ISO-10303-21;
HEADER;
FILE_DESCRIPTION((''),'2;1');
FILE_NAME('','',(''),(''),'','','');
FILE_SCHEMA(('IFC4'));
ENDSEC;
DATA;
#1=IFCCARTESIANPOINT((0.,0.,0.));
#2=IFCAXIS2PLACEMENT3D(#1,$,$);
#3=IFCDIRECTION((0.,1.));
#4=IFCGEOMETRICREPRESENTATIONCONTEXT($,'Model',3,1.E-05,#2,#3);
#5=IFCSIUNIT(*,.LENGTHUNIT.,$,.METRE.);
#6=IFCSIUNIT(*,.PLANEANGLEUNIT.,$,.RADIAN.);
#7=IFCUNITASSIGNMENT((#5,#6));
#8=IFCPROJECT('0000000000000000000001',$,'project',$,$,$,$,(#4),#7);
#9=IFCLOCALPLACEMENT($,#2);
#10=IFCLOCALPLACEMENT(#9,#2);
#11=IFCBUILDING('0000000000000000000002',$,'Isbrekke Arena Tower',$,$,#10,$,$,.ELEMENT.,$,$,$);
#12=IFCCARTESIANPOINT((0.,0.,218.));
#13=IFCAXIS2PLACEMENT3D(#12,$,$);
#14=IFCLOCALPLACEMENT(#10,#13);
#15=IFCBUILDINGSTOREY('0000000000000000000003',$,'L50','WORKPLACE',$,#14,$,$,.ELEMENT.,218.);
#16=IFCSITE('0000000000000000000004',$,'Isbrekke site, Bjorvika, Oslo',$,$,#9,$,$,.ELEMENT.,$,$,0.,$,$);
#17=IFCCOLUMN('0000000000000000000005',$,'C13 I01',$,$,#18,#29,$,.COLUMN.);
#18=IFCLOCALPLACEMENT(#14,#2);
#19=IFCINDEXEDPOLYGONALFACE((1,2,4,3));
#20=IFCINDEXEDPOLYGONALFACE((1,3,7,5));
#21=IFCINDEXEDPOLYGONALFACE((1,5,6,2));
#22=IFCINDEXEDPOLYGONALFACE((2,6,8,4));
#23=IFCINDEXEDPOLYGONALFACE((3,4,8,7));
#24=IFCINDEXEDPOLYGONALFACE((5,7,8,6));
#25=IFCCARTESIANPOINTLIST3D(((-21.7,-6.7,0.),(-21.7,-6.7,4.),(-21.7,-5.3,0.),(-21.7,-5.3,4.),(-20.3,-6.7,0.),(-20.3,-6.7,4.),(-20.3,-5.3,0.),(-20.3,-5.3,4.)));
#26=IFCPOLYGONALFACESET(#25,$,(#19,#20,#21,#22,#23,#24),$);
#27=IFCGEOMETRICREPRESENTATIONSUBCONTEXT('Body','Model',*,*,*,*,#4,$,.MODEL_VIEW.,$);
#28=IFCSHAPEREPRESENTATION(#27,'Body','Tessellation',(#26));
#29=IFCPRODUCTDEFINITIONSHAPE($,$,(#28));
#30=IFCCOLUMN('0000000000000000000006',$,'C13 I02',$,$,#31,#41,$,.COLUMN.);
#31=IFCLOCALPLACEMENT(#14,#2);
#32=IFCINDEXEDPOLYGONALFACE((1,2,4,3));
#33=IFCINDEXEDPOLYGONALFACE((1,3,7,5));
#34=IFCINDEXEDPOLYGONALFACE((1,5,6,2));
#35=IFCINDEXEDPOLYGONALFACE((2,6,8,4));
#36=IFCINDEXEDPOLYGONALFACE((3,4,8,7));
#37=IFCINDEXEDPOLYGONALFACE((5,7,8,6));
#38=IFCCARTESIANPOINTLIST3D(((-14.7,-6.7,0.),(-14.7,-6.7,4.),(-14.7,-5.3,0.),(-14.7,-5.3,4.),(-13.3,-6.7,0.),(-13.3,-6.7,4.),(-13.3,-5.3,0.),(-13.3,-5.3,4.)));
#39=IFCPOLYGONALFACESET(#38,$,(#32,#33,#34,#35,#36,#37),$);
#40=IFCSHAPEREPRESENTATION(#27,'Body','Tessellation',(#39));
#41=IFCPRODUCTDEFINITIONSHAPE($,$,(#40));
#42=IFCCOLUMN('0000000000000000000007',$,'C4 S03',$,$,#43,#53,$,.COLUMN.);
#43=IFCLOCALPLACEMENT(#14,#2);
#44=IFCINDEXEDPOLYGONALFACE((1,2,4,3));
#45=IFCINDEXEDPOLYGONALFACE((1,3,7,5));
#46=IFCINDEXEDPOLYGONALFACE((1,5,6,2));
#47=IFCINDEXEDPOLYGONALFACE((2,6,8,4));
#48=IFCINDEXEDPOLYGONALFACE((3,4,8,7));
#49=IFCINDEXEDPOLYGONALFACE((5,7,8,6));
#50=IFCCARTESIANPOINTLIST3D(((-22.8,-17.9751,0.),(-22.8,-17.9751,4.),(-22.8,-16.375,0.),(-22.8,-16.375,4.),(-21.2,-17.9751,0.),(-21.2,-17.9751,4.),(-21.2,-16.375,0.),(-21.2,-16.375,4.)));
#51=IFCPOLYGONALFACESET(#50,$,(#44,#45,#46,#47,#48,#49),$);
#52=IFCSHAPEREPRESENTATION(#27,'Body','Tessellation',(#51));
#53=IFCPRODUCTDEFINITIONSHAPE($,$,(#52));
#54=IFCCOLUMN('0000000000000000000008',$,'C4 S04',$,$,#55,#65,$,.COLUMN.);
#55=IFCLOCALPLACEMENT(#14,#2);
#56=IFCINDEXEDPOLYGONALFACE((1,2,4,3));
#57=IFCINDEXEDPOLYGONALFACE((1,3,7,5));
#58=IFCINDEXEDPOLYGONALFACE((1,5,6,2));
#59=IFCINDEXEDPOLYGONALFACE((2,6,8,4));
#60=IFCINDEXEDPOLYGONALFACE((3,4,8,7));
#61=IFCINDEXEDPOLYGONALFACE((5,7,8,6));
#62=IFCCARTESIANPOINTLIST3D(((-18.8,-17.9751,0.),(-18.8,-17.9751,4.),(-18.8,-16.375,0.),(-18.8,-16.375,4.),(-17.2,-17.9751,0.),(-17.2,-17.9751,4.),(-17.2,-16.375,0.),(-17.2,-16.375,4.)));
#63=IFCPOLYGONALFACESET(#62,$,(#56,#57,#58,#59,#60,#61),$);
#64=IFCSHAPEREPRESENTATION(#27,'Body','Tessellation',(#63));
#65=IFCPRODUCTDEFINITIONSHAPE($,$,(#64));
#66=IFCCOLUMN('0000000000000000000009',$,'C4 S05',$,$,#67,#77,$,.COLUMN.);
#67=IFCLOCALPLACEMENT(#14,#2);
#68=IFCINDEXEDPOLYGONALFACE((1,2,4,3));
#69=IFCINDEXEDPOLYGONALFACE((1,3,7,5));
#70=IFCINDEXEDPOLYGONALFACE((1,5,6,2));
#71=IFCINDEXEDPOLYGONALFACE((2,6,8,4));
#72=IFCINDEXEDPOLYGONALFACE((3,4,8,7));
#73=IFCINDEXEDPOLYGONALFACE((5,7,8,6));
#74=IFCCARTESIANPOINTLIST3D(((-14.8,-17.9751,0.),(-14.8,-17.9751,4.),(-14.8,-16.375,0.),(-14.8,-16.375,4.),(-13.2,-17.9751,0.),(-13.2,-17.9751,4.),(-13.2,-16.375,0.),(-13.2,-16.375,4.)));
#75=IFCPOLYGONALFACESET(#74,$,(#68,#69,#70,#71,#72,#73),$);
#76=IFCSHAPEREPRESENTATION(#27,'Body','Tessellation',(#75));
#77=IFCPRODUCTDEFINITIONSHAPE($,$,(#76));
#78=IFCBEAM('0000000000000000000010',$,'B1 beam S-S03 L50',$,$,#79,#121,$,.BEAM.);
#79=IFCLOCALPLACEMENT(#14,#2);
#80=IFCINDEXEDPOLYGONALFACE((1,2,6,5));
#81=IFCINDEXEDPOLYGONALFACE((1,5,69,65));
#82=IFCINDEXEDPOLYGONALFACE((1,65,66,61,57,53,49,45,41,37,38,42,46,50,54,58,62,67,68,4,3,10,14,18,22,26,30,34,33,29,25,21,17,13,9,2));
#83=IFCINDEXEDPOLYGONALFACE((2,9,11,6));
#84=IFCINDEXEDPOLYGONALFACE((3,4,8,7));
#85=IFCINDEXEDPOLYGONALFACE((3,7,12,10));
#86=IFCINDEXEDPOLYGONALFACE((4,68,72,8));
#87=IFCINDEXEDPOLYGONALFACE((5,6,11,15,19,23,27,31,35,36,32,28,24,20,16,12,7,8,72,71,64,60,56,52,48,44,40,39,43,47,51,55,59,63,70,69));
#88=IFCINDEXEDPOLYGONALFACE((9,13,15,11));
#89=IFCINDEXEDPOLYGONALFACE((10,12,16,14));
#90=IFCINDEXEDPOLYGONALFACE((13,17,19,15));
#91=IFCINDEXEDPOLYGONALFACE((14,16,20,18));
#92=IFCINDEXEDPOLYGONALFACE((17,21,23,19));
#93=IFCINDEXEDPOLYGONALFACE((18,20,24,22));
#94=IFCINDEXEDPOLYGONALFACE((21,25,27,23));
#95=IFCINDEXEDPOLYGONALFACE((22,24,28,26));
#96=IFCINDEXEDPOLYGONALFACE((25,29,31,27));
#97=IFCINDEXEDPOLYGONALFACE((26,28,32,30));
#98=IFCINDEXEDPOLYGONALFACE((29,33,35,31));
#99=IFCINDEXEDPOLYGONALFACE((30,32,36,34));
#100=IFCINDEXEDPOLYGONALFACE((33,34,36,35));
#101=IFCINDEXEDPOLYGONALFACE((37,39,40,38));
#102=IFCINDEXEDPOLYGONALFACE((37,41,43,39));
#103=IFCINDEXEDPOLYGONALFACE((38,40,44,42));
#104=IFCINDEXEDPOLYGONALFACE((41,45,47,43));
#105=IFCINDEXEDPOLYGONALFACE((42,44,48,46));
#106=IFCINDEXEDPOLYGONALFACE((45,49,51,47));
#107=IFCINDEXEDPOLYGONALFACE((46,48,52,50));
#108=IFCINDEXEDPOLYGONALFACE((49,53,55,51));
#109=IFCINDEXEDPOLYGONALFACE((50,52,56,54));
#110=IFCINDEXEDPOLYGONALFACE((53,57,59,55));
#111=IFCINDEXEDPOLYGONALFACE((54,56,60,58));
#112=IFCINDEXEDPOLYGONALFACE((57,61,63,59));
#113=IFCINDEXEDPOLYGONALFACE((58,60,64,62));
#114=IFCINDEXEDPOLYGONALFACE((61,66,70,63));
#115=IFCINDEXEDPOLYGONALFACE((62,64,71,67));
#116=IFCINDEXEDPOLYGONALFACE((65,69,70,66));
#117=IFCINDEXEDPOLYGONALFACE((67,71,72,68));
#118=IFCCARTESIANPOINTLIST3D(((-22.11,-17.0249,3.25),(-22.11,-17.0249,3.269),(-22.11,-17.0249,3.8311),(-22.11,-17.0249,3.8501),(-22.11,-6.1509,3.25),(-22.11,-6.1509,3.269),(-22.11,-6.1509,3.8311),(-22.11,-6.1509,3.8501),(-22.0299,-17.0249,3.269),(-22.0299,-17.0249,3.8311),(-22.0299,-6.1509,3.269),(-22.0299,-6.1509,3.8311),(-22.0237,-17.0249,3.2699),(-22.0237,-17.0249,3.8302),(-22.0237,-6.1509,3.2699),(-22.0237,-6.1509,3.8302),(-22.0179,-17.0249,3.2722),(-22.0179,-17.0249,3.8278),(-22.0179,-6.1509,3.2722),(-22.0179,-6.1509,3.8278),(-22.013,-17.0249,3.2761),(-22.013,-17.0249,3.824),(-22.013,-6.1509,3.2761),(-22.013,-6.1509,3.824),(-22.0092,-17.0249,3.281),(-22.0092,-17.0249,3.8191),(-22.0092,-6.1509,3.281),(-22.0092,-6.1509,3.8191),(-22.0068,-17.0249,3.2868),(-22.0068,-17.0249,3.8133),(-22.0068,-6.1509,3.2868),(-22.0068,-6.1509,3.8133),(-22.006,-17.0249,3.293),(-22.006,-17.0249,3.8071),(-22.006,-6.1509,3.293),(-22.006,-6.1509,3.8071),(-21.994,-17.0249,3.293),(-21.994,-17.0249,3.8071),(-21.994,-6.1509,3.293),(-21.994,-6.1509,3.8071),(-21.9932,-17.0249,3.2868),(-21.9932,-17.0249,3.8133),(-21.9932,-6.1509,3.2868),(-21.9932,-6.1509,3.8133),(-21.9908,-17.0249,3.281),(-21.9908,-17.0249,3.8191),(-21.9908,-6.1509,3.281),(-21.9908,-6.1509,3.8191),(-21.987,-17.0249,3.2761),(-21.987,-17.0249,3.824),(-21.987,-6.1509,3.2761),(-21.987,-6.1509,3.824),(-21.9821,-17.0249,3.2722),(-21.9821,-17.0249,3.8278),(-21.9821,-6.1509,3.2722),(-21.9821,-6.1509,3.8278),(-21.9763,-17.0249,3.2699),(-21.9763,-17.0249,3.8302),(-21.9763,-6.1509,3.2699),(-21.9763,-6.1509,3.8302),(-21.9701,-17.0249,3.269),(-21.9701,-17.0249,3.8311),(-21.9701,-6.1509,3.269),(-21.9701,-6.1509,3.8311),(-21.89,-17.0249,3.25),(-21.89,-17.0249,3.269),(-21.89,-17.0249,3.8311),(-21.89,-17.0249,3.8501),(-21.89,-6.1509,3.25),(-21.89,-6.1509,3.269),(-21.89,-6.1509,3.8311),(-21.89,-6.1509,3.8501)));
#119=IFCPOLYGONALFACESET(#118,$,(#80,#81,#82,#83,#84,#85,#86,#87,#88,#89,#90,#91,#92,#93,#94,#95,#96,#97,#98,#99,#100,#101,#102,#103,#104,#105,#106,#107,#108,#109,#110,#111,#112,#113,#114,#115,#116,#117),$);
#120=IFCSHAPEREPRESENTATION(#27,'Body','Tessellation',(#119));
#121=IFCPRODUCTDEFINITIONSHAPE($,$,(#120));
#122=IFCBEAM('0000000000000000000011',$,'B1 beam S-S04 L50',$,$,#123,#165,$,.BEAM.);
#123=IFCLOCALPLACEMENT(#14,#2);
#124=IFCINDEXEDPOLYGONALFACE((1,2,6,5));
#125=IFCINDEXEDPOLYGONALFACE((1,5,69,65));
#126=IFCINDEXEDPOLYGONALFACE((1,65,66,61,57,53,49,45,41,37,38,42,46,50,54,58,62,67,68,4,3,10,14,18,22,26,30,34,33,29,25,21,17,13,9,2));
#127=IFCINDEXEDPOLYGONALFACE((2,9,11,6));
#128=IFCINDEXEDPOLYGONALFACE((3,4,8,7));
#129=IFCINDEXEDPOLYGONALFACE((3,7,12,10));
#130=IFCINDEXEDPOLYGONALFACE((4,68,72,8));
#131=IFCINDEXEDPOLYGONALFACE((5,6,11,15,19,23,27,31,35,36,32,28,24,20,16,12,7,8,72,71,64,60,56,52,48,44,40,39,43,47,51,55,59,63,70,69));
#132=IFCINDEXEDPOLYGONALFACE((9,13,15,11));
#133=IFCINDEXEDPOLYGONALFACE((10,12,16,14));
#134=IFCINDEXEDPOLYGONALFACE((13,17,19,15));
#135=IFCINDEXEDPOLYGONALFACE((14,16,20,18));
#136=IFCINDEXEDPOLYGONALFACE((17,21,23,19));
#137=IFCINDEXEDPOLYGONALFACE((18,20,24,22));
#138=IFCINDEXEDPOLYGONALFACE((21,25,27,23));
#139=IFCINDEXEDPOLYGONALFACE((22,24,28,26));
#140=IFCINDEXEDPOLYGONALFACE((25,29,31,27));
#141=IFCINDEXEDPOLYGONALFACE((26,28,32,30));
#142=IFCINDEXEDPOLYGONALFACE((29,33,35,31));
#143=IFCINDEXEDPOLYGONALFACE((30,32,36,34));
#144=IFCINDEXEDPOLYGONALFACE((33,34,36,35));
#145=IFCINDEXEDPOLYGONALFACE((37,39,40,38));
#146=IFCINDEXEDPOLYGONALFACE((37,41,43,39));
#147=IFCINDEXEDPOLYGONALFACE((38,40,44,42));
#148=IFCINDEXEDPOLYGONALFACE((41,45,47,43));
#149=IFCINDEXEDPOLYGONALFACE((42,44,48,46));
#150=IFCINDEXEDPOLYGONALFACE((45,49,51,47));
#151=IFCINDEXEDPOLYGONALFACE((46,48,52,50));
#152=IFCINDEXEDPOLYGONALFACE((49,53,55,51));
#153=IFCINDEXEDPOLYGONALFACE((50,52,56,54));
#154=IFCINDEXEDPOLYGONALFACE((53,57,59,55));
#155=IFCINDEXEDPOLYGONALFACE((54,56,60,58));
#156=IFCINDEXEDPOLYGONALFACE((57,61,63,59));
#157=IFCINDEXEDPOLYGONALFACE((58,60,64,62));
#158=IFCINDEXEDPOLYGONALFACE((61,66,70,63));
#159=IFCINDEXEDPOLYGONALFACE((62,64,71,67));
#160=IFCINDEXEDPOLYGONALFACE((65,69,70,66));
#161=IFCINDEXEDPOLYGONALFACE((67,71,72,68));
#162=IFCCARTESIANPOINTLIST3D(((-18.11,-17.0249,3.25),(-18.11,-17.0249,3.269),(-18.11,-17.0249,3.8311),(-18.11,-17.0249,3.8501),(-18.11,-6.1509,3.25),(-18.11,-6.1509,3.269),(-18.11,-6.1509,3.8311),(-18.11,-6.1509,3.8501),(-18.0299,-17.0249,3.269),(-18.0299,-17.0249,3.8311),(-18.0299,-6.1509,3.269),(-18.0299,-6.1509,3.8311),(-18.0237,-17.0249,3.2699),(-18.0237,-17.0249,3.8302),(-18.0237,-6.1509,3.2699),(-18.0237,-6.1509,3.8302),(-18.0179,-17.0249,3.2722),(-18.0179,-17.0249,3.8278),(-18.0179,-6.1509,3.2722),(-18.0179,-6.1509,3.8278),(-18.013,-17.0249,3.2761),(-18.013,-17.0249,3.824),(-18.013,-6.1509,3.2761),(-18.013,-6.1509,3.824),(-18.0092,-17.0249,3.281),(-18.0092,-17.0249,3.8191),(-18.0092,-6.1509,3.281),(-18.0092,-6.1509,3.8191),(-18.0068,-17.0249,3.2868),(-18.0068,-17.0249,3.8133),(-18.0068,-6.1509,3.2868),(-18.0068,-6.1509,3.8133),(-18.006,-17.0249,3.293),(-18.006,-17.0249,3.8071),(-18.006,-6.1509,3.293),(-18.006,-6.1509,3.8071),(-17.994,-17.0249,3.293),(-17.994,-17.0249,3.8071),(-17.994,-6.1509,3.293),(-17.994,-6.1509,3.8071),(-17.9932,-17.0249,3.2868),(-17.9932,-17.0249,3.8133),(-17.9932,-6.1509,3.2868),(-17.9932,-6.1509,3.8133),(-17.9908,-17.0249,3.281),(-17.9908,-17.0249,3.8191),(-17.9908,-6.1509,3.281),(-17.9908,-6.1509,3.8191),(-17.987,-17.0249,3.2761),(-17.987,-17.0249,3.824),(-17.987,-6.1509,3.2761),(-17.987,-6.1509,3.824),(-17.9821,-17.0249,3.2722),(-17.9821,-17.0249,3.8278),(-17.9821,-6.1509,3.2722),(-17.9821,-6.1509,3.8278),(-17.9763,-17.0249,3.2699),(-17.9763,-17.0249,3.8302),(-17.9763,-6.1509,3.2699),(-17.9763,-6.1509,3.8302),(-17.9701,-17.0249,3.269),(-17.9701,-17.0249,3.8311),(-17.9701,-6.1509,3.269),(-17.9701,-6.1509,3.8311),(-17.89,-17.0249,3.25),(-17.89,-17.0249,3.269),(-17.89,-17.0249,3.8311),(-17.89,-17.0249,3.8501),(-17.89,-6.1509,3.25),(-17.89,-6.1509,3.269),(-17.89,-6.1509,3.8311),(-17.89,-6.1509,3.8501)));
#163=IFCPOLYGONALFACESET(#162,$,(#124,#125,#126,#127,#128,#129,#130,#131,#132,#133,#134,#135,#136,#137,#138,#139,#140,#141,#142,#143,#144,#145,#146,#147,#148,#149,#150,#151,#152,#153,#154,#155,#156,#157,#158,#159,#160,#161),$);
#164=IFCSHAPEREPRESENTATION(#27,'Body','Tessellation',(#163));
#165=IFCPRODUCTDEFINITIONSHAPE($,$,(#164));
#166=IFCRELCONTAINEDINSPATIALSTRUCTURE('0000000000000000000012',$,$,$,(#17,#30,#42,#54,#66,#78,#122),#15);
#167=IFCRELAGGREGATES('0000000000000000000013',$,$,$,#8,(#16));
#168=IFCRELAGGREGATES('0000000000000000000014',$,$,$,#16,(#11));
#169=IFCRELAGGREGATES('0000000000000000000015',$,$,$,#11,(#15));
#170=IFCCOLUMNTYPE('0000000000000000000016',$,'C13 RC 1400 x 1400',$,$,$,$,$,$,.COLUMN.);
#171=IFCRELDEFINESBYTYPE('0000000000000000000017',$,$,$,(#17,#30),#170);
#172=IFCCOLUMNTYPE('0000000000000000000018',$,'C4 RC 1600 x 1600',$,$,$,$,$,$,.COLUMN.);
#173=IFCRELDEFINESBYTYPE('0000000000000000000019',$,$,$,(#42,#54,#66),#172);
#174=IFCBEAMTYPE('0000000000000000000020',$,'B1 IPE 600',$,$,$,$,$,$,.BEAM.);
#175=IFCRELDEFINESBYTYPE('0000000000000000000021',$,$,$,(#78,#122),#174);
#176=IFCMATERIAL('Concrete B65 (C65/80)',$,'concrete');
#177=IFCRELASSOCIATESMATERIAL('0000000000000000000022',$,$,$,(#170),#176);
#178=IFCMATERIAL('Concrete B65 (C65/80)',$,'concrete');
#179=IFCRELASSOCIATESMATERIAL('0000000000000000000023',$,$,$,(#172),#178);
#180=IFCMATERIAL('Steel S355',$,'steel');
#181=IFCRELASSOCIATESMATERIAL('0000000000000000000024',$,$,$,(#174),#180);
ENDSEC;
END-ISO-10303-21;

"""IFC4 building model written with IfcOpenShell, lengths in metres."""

from ifc_helpers import new_model, si_unit, direction, frame, origin, origin_2d, place, context, subcontext, project, spatial, rectangle, i_section, extrude, material, material_profile, profile_set, type_object, element, save


model = new_model("IFC4")

# Units and contexts
model_context = context("Model", 3, precision=1e-05, world=origin(), true_north=direction((0.0, 1.0)))
body_context = subcontext(model_context, "Body", "Model", "MODEL_VIEW")
ifc_project = project(units=[si_unit("LENGTHUNIT", "METRE"), si_unit("PLANEANGLEUNIT", "RADIAN")], contexts=[model_context])

# Site, building, storey
site_placement = place(None, origin())
site = spatial("IfcSite", under=ifc_project, at=site_placement, Name="Isbrekke site, Bjorvika, Oslo", CompositionType="ELEMENT", RefElevation=0.0)
building_placement = place(site_placement, origin())
building = spatial("IfcBuilding", under=site, at=building_placement, Name="Isbrekke Arena Tower", CompositionType="ELEMENT")
storey_placement = place(building_placement, frame((0.0, 0.0, 218.0)))
storey = spatial("IfcBuildingStorey", under=building, at=storey_placement, Name="L50", Description="WORKPLACE", CompositionType="ELEMENT", Elevation=218.0)

# Columns
ifc_material_1 = material(Name="Concrete B65 (C65/80)", Category="concrete")
ifc_material_profile_1 = material_profile(ifc_material_1, rectangle(XDim=1.3999, YDim=1.3999, at=origin_2d()), Name="RC 1400x1400")
ifc_profile_set_1 = profile_set([ifc_material_profile_1], Name="Concrete B65 (C65/80)")
column_type_1 = type_object("IfcColumnType", Name="C13 RC 1400 x 1400", PredefinedType="COLUMN", material=ifc_profile_set_1)
for number, where, z_axis, x_axis, name in (
    (1, (-21.0, -6.0, 0.0), (0.0, 0.0, 1.0), (1.0, 0.0, 0.0), "C13 I01"),
    (2, (-14.0, -6.0, 0.0), (0.0, 0.0, 1.0), (1.0, 0.0, 0.0), "C13 I02"),
):
    element("IfcColumn", number, at=place(storey_placement, frame(where, z_axis=z_axis, x_axis=x_axis)), inside=storey, type_object=column_type_1, Name=name, PredefinedType="COLUMN", context=body_context, shape_type="SweptSolid", body=[
        extrude(rectangle(XDim=1.3999, YDim=1.3999, at=origin_2d()), origin(), (0.0, 0.0, 1.0), 4.0),
    ])
ifc_material_2 = material(Name="Concrete B65 (C65/80)", Category="concrete")
ifc_material_profile_2 = material_profile(ifc_material_2, rectangle(XDim=1.6001, YDim=1.6001, at=origin_2d()), Name="RC 1600x1600")
ifc_profile_set_2 = profile_set([ifc_material_profile_2], Name="Concrete B65 (C65/80)")
column_type_2 = type_object("IfcColumnType", Name="C4 RC 1600 x 1600", PredefinedType="COLUMN", material=ifc_profile_set_2)
for number, where, z_axis, x_axis, name in (
    (3, (-22.0, -17.175, 0.0), (0.0, 0.0, 1.0), (1.0, 0.0, 0.0), "C4 S03"),
    (4, (-18.0, -17.175, 0.0), (0.0, 0.0, 1.0), (1.0, 0.0, 0.0), "C4 S04"),
    (5, (-14.0, -17.175, 0.0), (0.0, 0.0, 1.0), (1.0, 0.0, 0.0), "C4 S05"),
):
    element("IfcColumn", number, at=place(storey_placement, frame(where, z_axis=z_axis, x_axis=x_axis)), inside=storey, type_object=column_type_2, Name=name, PredefinedType="COLUMN", context=body_context, shape_type="SweptSolid", body=[
        extrude(rectangle(XDim=1.6001, YDim=1.6001, at=origin_2d()), origin(), (0.0, 0.0, 1.0), 4.0),
    ])

# Beams
ifc_material_3 = material(Name="Steel S355", Category="steel")
ifc_material_profile_3 = material_profile(ifc_material_3, i_section(OverallWidth=0.22, OverallDepth=0.6001, WebThickness=0.012, FlangeThickness=0.019, FilletRadius=0.0239, at=origin_2d()), Name="IPE 600")
ifc_profile_set_3 = profile_set([ifc_material_profile_3], Name="Steel S355")
beam_type_1 = type_object("IfcBeamType", Name="B1 IPE 600", PredefinedType="BEAM", material=ifc_profile_set_3)
for number, where, z_axis, x_axis, name in (
    (6, (-22.0, -17.0249, 3.55), (0.0, 1.0, 0.0), (-1.0, 0.0, 0.0), "B1 beam S-S03 L50"),
    (7, (-18.0, -17.0249, 3.55), (0.0, 1.0, 0.0), (-1.0, 0.0, 0.0), "B1 beam S-S04 L50"),
):
    element("IfcBeam", number, at=place(storey_placement, frame(where, z_axis=z_axis, x_axis=x_axis)), inside=storey, type_object=beam_type_1, Name=name, PredefinedType="BEAM", context=body_context, shape_type="SweptSolid", body=[
        extrude(i_section(OverallWidth=0.22, OverallDepth=0.6001, WebThickness=0.012, FlangeThickness=0.019, FilletRadius=0.0239, at=origin_2d()), origin(), (0.0, 0.0, 1.0), 10.874),
    ])

save(model, "model.ifc")
